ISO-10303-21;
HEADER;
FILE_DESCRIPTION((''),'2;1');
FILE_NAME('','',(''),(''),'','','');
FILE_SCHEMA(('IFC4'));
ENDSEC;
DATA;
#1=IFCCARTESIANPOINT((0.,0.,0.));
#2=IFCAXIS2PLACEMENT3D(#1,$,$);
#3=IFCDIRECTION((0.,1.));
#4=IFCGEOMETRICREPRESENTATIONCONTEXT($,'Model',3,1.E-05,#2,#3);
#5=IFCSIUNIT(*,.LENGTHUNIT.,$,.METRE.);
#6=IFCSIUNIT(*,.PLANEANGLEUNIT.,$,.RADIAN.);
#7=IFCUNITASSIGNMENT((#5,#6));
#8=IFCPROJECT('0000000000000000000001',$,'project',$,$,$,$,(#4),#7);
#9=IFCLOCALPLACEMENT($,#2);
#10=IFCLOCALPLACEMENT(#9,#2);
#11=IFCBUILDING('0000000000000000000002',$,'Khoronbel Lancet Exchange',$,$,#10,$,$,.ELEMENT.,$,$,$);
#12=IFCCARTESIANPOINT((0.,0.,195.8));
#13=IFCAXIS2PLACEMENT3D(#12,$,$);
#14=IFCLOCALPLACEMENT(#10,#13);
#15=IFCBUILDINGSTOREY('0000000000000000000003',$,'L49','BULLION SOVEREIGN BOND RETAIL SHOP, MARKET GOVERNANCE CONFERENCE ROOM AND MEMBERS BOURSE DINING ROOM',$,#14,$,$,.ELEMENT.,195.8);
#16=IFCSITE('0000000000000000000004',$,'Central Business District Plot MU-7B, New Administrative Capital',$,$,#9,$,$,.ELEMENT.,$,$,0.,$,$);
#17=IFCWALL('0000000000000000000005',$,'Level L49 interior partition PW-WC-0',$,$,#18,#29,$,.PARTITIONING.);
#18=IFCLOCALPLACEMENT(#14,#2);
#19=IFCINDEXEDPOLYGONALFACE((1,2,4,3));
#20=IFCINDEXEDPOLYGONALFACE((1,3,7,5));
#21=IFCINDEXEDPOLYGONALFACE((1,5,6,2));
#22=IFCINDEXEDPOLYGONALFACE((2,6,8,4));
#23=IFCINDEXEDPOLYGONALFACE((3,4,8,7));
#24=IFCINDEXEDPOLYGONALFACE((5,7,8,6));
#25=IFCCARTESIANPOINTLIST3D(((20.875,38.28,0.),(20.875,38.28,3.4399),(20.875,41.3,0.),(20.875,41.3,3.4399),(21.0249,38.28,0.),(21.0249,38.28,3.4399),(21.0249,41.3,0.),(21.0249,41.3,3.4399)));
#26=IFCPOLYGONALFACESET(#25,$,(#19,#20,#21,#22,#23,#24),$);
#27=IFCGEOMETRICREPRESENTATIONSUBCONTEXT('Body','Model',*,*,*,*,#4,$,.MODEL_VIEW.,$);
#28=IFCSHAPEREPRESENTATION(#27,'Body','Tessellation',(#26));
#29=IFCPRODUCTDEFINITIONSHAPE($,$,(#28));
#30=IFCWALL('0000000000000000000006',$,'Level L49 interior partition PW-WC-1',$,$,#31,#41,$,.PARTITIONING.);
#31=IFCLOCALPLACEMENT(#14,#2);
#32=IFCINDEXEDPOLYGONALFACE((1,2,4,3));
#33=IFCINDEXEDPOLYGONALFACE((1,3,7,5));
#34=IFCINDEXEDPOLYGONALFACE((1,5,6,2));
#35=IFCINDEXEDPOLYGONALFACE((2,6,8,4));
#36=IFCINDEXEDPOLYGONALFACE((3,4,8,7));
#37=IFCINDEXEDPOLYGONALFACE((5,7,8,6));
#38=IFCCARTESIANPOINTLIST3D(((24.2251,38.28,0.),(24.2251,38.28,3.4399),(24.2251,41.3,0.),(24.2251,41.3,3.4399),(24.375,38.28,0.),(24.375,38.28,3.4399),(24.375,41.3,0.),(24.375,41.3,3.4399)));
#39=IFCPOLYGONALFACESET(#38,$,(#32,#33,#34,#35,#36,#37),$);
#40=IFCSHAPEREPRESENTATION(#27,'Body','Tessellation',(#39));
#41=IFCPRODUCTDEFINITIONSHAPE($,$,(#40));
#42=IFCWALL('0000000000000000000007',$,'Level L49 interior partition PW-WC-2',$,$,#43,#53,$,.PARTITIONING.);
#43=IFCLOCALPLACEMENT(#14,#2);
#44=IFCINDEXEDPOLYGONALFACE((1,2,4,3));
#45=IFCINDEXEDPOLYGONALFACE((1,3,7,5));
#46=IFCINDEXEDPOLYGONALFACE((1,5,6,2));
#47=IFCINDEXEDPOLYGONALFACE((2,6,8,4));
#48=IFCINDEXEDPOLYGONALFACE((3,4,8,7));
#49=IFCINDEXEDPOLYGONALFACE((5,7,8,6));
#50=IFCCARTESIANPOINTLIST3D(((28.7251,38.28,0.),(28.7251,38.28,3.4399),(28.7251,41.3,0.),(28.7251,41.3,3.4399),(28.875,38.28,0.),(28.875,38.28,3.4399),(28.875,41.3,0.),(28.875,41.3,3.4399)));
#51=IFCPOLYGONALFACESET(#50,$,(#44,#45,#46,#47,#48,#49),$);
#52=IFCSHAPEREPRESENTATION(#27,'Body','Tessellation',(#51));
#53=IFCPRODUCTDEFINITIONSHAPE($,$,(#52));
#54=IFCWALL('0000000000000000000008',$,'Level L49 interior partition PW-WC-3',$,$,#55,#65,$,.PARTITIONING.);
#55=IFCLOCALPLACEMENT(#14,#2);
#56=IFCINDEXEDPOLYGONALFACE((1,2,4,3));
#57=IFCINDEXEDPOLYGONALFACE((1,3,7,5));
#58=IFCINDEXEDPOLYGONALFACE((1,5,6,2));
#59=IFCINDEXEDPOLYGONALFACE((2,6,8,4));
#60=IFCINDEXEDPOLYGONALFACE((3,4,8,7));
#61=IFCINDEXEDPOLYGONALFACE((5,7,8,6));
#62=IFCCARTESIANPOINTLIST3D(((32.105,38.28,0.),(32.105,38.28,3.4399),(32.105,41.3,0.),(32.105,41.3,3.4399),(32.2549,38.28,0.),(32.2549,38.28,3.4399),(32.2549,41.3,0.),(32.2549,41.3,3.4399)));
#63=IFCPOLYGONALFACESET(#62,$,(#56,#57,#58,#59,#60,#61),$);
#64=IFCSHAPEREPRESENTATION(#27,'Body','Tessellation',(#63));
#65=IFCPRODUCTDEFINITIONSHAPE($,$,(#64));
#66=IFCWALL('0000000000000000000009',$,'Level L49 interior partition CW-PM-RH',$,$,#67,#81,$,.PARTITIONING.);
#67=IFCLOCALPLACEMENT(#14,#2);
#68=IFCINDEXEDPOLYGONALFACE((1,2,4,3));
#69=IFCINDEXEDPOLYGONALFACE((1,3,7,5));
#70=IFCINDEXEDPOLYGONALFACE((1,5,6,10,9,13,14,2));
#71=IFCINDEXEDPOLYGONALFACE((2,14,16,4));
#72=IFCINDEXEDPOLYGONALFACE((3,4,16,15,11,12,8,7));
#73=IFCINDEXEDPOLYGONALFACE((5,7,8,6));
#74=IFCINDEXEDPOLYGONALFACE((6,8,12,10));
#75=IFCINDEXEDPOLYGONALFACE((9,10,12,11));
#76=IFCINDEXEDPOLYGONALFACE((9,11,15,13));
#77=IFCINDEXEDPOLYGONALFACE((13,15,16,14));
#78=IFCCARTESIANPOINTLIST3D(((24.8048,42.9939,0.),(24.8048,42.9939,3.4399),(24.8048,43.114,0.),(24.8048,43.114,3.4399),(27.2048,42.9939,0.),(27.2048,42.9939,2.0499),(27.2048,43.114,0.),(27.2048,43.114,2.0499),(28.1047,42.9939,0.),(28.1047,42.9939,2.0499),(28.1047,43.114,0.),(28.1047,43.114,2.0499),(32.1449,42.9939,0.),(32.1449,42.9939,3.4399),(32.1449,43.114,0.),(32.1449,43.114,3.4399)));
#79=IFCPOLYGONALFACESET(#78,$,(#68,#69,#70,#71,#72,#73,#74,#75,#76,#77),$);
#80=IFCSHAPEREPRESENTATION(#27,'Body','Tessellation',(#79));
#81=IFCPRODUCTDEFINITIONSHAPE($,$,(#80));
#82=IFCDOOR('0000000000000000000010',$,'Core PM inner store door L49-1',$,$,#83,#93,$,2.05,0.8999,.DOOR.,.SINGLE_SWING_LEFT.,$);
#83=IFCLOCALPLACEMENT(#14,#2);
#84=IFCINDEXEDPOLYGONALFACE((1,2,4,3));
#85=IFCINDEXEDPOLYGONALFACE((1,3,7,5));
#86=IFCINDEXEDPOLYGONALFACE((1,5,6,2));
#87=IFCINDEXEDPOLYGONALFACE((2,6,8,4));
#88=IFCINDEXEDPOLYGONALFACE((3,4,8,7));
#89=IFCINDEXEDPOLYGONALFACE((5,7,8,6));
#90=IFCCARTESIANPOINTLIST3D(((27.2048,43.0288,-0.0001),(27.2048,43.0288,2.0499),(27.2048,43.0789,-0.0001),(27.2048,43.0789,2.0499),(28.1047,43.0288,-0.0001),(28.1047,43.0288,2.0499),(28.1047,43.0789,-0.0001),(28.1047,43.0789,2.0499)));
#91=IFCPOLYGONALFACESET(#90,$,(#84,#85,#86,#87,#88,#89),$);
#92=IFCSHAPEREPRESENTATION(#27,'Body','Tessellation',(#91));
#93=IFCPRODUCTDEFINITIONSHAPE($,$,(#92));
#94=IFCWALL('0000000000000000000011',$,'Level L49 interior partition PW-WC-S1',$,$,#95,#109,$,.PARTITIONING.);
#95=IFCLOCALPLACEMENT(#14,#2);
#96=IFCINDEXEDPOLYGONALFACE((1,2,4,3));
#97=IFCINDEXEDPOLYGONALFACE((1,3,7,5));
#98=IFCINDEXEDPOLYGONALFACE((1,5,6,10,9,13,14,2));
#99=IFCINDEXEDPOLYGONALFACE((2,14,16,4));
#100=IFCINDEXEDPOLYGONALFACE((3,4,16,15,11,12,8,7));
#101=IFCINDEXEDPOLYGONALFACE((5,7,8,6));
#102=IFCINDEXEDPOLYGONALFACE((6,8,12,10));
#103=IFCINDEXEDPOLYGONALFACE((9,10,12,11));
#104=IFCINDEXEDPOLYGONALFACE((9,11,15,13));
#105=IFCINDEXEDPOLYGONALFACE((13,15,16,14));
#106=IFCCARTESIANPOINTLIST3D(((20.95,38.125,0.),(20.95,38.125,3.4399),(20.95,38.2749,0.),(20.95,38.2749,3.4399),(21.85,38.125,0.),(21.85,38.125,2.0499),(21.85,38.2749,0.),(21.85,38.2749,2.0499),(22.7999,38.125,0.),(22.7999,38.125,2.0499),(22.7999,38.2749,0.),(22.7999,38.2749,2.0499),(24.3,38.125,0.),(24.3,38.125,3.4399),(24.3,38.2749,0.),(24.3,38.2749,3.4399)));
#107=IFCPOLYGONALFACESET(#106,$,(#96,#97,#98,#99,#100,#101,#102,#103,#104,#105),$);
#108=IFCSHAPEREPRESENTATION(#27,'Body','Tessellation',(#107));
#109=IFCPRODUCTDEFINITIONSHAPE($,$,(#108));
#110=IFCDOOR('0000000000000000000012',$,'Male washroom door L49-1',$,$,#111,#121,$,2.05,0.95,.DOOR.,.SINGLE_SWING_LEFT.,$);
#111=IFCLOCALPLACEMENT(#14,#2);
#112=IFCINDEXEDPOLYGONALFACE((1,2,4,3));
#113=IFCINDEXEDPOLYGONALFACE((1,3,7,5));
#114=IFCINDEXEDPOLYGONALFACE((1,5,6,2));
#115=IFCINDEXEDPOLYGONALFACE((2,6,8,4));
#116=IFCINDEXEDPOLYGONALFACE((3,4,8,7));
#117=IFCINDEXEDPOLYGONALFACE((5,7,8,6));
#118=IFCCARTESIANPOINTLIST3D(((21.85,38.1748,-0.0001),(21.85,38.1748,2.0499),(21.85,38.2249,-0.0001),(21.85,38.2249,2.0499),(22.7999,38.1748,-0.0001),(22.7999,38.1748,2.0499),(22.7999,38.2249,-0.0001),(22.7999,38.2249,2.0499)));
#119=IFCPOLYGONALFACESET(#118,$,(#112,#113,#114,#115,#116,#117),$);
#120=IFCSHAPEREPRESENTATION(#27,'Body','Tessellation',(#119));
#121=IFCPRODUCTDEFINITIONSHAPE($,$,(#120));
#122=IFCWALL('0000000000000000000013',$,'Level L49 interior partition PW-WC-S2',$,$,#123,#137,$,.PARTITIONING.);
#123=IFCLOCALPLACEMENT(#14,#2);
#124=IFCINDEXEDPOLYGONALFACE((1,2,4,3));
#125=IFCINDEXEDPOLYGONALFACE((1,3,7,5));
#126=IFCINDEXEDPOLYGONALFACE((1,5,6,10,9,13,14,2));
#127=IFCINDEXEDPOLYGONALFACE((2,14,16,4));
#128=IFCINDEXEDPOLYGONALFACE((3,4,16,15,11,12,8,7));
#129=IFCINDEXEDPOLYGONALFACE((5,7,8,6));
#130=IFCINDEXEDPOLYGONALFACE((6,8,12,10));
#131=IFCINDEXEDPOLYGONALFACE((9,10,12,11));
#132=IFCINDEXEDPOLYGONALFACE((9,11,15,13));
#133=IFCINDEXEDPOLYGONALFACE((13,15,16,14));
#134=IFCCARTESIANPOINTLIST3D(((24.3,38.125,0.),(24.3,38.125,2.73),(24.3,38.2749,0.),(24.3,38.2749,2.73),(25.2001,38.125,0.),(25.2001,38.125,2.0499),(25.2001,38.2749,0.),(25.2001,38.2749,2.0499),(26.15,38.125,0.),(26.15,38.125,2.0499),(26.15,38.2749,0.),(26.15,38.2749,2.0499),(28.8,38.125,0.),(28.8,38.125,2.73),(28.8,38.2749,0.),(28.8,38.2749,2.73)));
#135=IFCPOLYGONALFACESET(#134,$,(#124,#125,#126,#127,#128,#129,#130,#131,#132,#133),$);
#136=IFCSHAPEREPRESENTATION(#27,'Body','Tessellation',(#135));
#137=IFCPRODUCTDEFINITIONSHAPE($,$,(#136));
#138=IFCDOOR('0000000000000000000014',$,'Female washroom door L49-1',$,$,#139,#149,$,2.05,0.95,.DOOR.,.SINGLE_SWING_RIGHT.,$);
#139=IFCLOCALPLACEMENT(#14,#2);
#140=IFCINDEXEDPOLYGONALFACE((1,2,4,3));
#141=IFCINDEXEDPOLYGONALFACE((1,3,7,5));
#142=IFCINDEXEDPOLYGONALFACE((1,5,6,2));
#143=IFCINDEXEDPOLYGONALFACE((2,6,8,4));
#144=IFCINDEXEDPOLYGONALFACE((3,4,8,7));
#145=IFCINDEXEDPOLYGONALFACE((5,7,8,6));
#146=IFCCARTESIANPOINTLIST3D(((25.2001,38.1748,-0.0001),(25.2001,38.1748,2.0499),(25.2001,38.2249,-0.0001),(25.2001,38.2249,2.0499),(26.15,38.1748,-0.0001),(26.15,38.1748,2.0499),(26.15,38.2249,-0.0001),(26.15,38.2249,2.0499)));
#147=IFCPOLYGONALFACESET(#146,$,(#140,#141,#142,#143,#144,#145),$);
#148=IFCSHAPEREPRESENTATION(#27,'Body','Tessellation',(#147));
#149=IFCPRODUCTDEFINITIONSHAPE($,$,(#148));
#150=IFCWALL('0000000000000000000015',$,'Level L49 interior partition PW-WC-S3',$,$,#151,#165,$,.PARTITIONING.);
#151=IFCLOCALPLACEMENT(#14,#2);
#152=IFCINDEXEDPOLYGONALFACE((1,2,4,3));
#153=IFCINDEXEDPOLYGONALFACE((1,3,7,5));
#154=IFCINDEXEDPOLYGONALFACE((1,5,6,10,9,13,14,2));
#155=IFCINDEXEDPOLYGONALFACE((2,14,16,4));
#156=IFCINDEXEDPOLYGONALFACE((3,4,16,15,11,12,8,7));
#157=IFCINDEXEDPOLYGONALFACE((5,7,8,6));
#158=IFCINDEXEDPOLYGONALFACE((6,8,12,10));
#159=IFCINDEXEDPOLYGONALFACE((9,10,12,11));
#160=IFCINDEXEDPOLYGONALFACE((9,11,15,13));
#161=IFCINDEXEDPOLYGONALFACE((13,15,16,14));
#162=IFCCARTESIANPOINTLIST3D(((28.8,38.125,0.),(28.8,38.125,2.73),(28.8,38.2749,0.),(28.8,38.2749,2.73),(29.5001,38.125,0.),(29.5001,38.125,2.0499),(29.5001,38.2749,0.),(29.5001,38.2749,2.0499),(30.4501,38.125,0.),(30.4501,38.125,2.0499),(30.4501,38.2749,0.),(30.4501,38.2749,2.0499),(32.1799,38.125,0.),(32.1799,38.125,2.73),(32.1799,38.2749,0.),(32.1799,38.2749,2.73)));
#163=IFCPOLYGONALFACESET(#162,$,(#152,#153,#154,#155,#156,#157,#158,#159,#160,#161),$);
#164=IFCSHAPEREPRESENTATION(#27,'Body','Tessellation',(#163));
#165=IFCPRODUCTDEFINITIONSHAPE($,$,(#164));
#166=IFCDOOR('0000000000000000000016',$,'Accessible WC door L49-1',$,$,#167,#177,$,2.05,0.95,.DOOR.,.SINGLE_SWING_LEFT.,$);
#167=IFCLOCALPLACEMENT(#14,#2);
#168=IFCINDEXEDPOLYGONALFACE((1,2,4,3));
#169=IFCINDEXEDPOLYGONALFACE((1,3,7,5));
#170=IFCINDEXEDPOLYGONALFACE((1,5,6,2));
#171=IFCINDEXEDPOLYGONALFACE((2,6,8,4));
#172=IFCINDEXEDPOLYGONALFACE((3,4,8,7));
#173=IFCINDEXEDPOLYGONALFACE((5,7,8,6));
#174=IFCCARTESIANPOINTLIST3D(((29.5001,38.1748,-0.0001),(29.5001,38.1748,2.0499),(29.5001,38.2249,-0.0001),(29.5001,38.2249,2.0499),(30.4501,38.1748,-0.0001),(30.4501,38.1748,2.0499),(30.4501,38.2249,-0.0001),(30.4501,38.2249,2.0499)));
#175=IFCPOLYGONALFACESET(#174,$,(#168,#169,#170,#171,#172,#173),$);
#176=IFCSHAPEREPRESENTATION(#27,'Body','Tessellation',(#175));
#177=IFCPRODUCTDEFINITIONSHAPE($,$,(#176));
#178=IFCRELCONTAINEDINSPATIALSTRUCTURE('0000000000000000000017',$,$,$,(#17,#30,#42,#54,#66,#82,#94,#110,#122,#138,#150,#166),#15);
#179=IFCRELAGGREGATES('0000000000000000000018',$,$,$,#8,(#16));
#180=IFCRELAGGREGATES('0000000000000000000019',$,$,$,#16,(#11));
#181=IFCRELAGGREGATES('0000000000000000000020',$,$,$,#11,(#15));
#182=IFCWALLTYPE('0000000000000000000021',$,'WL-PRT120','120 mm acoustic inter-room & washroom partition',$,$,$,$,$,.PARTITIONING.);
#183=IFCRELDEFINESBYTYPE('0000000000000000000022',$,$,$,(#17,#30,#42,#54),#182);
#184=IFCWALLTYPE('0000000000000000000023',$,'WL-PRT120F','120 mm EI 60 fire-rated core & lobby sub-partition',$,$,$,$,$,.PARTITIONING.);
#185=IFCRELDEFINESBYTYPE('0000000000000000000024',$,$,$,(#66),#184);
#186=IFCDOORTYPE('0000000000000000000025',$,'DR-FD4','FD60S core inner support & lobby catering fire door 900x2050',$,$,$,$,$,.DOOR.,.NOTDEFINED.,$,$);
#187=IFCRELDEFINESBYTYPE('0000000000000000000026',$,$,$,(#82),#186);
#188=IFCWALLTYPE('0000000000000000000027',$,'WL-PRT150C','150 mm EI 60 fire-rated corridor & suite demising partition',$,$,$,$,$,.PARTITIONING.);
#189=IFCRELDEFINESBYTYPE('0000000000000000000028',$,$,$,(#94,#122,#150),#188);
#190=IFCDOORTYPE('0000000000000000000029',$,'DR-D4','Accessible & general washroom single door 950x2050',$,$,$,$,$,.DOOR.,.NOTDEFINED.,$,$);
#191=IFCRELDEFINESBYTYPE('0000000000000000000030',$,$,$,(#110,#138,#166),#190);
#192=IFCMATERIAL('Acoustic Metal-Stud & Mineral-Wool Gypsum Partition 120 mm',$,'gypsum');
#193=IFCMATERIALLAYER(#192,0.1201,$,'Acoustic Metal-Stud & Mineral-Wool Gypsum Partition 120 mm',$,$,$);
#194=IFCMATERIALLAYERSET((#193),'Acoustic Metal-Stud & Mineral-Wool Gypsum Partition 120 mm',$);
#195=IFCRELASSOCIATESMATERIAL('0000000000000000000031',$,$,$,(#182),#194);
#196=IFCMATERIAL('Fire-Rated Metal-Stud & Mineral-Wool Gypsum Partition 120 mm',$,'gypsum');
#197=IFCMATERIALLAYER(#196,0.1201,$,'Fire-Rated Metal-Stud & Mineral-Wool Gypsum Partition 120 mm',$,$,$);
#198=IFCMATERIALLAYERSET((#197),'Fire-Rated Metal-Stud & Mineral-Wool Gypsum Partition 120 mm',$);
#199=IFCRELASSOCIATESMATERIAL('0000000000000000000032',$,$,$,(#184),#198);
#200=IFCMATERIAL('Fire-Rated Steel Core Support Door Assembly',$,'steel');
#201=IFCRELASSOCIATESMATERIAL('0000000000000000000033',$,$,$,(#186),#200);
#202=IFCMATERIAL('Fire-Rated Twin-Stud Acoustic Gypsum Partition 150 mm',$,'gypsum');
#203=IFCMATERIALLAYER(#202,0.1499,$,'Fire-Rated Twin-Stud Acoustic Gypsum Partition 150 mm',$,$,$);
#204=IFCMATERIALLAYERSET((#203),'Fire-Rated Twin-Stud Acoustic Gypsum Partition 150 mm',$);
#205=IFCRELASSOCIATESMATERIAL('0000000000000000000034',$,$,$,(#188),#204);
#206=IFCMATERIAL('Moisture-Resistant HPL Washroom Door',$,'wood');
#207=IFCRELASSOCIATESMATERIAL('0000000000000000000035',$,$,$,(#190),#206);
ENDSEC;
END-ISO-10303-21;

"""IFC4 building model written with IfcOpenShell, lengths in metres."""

from ifc_helpers import new_model, si_unit, direction, frame, frame_2d, origin, place, context, subcontext, project, spatial, rectangle, extrude, material, layer, layer_set, type_object, element, fill, save


model = new_model("IFC4")

# Units and contexts
model_context = context("Model", 3, precision=1e-05, world=origin(), true_north=direction((0.0, 1.0)))
body_context = subcontext(model_context, "Body", "Model", "MODEL_VIEW")
ifc_project = project(units=[si_unit("LENGTHUNIT", "METRE"), si_unit("PLANEANGLEUNIT", "RADIAN")], contexts=[model_context])

# Site, building, storey
site_placement = place(None, origin())
site = spatial("IfcSite", under=ifc_project, at=site_placement, Name="Central Business District Plot MU-7B, New Administrative Capital", CompositionType="ELEMENT", RefElevation=0.0)
building_placement = place(site_placement, origin())
building = spatial("IfcBuilding", under=site, at=building_placement, Name="Khoronbel Lancet Exchange", CompositionType="ELEMENT")
storey_placement = place(building_placement, frame((0.0, 0.0, 195.8)))
storey = spatial("IfcBuildingStorey", under=building, at=storey_placement, Name="L49", Description="BULLION SOVEREIGN BOND RETAIL SHOP, MARKET GOVERNANCE CONFERENCE ROOM AND MEMBERS BOURSE DINING ROOM", CompositionType="ELEMENT", Elevation=195.8)

# Walls
ifc_material_1 = material(Name="Acoustic Metal-Stud & Mineral-Wool Gypsum Partition 120 mm", Category="gypsum")
ifc_layer_1 = layer(ifc_material_1, 0.1201, Name="Acoustic Metal-Stud & Mineral-Wool Gypsum Partition 120 mm")
ifc_layer_set_1 = layer_set([ifc_layer_1], Name="Acoustic Metal-Stud & Mineral-Wool Gypsum Partition 120 mm")
wall_type_1 = type_object("IfcWallType", Name="WL-PRT120", Description="120 mm acoustic inter-room & washroom partition", PredefinedType="PARTITIONING", material=ifc_layer_set_1)
for number, where, z_axis, x_axis, name in (
    (1, (20.95, 38.28, 0.0), (0.0, 0.0, 1.0), (0.0, 1.0, 0.0), "Level L49 interior partition PW-WC-0"),
    (2, (24.3, 38.28, 0.0), (0.0, 0.0, 1.0), (0.0, 1.0, 0.0), "Level L49 interior partition PW-WC-1"),
    (3, (28.8, 38.28, 0.0), (0.0, 0.0, 1.0), (0.0, 1.0, 0.0), "Level L49 interior partition PW-WC-2"),
    (4, (32.1799, 38.28, 0.0), (0.0, 0.0, 1.0), (0.0, 1.0, 0.0), "Level L49 interior partition PW-WC-3"),
):
    element("IfcWall", number, at=place(storey_placement, frame(where, z_axis=z_axis, x_axis=x_axis)), inside=storey, type_object=wall_type_1, Name=name, PredefinedType="PARTITIONING", context=body_context, shape_type="SweptSolid", body=[
        extrude(rectangle(XDim=3.02, YDim=0.1499, at=frame_2d((1.51, 0.0))), origin(), (0.0, 0.0, 1.0), 3.4399),
    ])

# Walls, openings, doors
ifc_material_2 = material(Name="Fire-Rated Metal-Stud & Mineral-Wool Gypsum Partition 120 mm", Category="gypsum")
ifc_layer_2 = layer(ifc_material_2, 0.1201, Name="Fire-Rated Metal-Stud & Mineral-Wool Gypsum Partition 120 mm")
ifc_layer_set_2 = layer_set([ifc_layer_2], Name="Fire-Rated Metal-Stud & Mineral-Wool Gypsum Partition 120 mm")
wall_type_2 = type_object("IfcWallType", Name="WL-PRT120F", Description="120 mm EI 60 fire-rated core & lobby sub-partition", PredefinedType="PARTITIONING", material=ifc_layer_set_2)
wall_1_placement = place(storey_placement, frame((24.8049, 43.054, 0.0), z_axis=(0.0, 0.0, 1.0), x_axis=(1.0, 0.0, 0.0)))
wall_1 = element("IfcWall", 5, at=wall_1_placement, inside=storey, type_object=wall_type_2, Name="Level L49 interior partition CW-PM-RH", PredefinedType="PARTITIONING", context=body_context, shape_type="SweptSolid", body=[
    extrude(rectangle(XDim=7.3401, YDim=0.1201, at=frame_2d((3.6699, 0.0))), origin(), (0.0, 0.0, 1.0), 3.4399),
])
opening_1_placement = place(wall_1_placement, frame((2.3999, 0.0, 0.0)))
opening_1 = element("IfcOpeningElement", 6, at=opening_1_placement, cuts=wall_1, PredefinedType="OPENING", context=body_context, shape_type="SweptSolid", body=[
    extrude(rectangle(XDim=0.8999, YDim=2.05, at=frame_2d((0.45, 1.0249))), frame((0.0, 0.0701, 0.0), z_axis=(0.0, -1.0, 0.0), x_axis=(1.0, 0.0, 0.0)), (0.0, 0.0, 1.0), 0.1401),
])
ifc_material_3 = material(Name="Fire-Rated Steel Core Support Door Assembly", Category="steel")
door_type_1 = type_object("IfcDoorType", Name="DR-FD4", Description="FD60S core inner support & lobby catering fire door 900x2050", OperationType="NOTDEFINED", PredefinedType="DOOR", material=ifc_material_3)
door_1_placement = place(opening_1_placement, origin())
door_1 = element("IfcDoor", 7, at=door_1_placement, inside=storey, type_object=door_type_1, Name="Core PM inner store door L49-1", OperationType="SINGLE_SWING_LEFT", OverallHeight=2.05, OverallWidth=0.8999, PredefinedType="DOOR", context=body_context, shape_type="SweptSolid", body=[
    extrude(rectangle(XDim=0.8999, YDim=2.05, at=frame_2d((0.45, 1.0249))), frame((0.0, 0.0249, 0.0), z_axis=(0.0, -1.0, 0.0), x_axis=(1.0, 0.0, 0.0)), (0.0, 0.0, 1.0), 0.05),
])
fill(opening_1, door_1)
ifc_material_4 = material(Name="Fire-Rated Twin-Stud Acoustic Gypsum Partition 150 mm", Category="gypsum")
ifc_layer_3 = layer(ifc_material_4, 0.1499, Name="Fire-Rated Twin-Stud Acoustic Gypsum Partition 150 mm")
ifc_layer_set_3 = layer_set([ifc_layer_3], Name="Fire-Rated Twin-Stud Acoustic Gypsum Partition 150 mm")
wall_type_3 = type_object("IfcWallType", Name="WL-PRT150C", Description="150 mm EI 60 fire-rated corridor & suite demising partition", PredefinedType="PARTITIONING", material=ifc_layer_set_3)
wall_2_placement = place(storey_placement, frame((20.95, 38.2, 0.0), z_axis=(0.0, 0.0, 1.0), x_axis=(1.0, 0.0, 0.0)))
wall_2 = element("IfcWall", 8, at=wall_2_placement, inside=storey, type_object=wall_type_3, Name="Level L49 interior partition PW-WC-S1", PredefinedType="PARTITIONING", context=body_context, shape_type="SweptSolid", body=[
    extrude(rectangle(XDim=3.3501, YDim=0.1499, at=frame_2d((1.675, 0.0))), origin(), (0.0, 0.0, 1.0), 3.4399),
])
opening_2_placement = place(wall_2_placement, frame((0.8999, 0.0, 0.0)))
opening_2 = element("IfcOpeningElement", 9, at=opening_2_placement, cuts=wall_2, PredefinedType="OPENING", context=body_context, shape_type="SweptSolid", body=[
    extrude(rectangle(XDim=0.95, YDim=2.05, at=frame_2d((0.4751, 1.0249))), frame((0.0, 0.085, 0.0), z_axis=(0.0, -1.0, 0.0), x_axis=(1.0, 0.0, 0.0)), (0.0, 0.0, 1.0), 0.1699),
])
ifc_material_5 = material(Name="Moisture-Resistant HPL Washroom Door", Category="wood")
door_type_2 = type_object("IfcDoorType", Name="DR-D4", Description="Accessible & general washroom single door 950x2050", OperationType="NOTDEFINED", PredefinedType="DOOR", material=ifc_material_5)
door_2_placement = place(opening_2_placement, origin())
door_2 = element("IfcDoor", 10, at=door_2_placement, inside=storey, type_object=door_type_2, Name="Male washroom door L49-1", OperationType="SINGLE_SWING_LEFT", OverallHeight=2.05, OverallWidth=0.95, PredefinedType="DOOR", context=body_context, shape_type="SweptSolid", body=[
    extrude(rectangle(XDim=0.95, YDim=2.05, at=frame_2d((0.4751, 1.0249))), frame((0.0, 0.0249, 0.0), z_axis=(0.0, -1.0, 0.0), x_axis=(1.0, 0.0, 0.0)), (0.0, 0.0, 1.0), 0.05),
])
fill(opening_2, door_2)
wall_3_placement = place(storey_placement, frame((24.3, 38.2, 0.0), z_axis=(0.0, 0.0, 1.0), x_axis=(1.0, 0.0, 0.0)))
wall_3 = element("IfcWall", 11, at=wall_3_placement, inside=storey, type_object=wall_type_3, Name="Level L49 interior partition PW-WC-S2", PredefinedType="PARTITIONING", context=body_context, shape_type="SweptSolid", body=[
    extrude(rectangle(XDim=4.5, YDim=0.1499, at=frame_2d((2.25, 0.0))), origin(), (0.0, 0.0, 1.0), 2.73),
])
opening_3_placement = place(wall_3_placement, frame((0.8999, 0.0, 0.0)))
opening_3 = element("IfcOpeningElement", 12, at=opening_3_placement, cuts=wall_3, PredefinedType="OPENING", context=body_context, shape_type="SweptSolid", body=[
    extrude(rectangle(XDim=0.95, YDim=2.05, at=frame_2d((0.4751, 1.0249))), frame((0.0, 0.085, 0.0), z_axis=(0.0, -1.0, 0.0), x_axis=(1.0, 0.0, 0.0)), (0.0, 0.0, 1.0), 0.1699),
])
door_3_placement = place(opening_3_placement, origin())
door_3 = element("IfcDoor", 13, at=door_3_placement, inside=storey, type_object=door_type_2, Name="Female washroom door L49-1", OperationType="SINGLE_SWING_RIGHT", OverallHeight=2.05, OverallWidth=0.95, PredefinedType="DOOR", context=body_context, shape_type="SweptSolid", body=[
    extrude(rectangle(XDim=0.95, YDim=2.05, at=frame_2d((0.4751, 1.0249))), frame((0.0, 0.0249, 0.0), z_axis=(0.0, -1.0, 0.0), x_axis=(1.0, 0.0, 0.0)), (0.0, 0.0, 1.0), 0.05),
])
fill(opening_3, door_3)
wall_4_placement = place(storey_placement, frame((28.8, 38.2, 0.0), z_axis=(0.0, 0.0, 1.0), x_axis=(1.0, 0.0, 0.0)))
wall_4 = element("IfcWall", 14, at=wall_4_placement, inside=storey, type_object=wall_type_3, Name="Level L49 interior partition PW-WC-S3", PredefinedType="PARTITIONING", context=body_context, shape_type="SweptSolid", body=[
    extrude(rectangle(XDim=3.3799, YDim=0.1499, at=frame_2d((1.6899, 0.0))), origin(), (0.0, 0.0, 1.0), 2.73),
])
opening_4_placement = place(wall_4_placement, frame((0.7, 0.0, 0.0)))
opening_4 = element("IfcOpeningElement", 15, at=opening_4_placement, cuts=wall_4, PredefinedType="OPENING", context=body_context, shape_type="SweptSolid", body=[
    extrude(rectangle(XDim=0.95, YDim=2.05, at=frame_2d((0.4751, 1.0249))), frame((0.0, 0.085, 0.0), z_axis=(0.0, -1.0, 0.0), x_axis=(1.0, 0.0, 0.0)), (0.0, 0.0, 1.0), 0.1699),
])
door_4_placement = place(opening_4_placement, origin())
door_4 = element("IfcDoor", 16, at=door_4_placement, inside=storey, type_object=door_type_2, Name="Accessible WC door L49-1", OperationType="SINGLE_SWING_LEFT", OverallHeight=2.05, OverallWidth=0.95, PredefinedType="DOOR", context=body_context, shape_type="SweptSolid", body=[
    extrude(rectangle(XDim=0.95, YDim=2.05, at=frame_2d((0.4751, 1.0249))), frame((0.0, 0.0249, 0.0), z_axis=(0.0, -1.0, 0.0), x_axis=(1.0, 0.0, 0.0)), (0.0, 0.0, 1.0), 0.05),
])
fill(opening_4, door_4)

save(model, "model.ifc")
